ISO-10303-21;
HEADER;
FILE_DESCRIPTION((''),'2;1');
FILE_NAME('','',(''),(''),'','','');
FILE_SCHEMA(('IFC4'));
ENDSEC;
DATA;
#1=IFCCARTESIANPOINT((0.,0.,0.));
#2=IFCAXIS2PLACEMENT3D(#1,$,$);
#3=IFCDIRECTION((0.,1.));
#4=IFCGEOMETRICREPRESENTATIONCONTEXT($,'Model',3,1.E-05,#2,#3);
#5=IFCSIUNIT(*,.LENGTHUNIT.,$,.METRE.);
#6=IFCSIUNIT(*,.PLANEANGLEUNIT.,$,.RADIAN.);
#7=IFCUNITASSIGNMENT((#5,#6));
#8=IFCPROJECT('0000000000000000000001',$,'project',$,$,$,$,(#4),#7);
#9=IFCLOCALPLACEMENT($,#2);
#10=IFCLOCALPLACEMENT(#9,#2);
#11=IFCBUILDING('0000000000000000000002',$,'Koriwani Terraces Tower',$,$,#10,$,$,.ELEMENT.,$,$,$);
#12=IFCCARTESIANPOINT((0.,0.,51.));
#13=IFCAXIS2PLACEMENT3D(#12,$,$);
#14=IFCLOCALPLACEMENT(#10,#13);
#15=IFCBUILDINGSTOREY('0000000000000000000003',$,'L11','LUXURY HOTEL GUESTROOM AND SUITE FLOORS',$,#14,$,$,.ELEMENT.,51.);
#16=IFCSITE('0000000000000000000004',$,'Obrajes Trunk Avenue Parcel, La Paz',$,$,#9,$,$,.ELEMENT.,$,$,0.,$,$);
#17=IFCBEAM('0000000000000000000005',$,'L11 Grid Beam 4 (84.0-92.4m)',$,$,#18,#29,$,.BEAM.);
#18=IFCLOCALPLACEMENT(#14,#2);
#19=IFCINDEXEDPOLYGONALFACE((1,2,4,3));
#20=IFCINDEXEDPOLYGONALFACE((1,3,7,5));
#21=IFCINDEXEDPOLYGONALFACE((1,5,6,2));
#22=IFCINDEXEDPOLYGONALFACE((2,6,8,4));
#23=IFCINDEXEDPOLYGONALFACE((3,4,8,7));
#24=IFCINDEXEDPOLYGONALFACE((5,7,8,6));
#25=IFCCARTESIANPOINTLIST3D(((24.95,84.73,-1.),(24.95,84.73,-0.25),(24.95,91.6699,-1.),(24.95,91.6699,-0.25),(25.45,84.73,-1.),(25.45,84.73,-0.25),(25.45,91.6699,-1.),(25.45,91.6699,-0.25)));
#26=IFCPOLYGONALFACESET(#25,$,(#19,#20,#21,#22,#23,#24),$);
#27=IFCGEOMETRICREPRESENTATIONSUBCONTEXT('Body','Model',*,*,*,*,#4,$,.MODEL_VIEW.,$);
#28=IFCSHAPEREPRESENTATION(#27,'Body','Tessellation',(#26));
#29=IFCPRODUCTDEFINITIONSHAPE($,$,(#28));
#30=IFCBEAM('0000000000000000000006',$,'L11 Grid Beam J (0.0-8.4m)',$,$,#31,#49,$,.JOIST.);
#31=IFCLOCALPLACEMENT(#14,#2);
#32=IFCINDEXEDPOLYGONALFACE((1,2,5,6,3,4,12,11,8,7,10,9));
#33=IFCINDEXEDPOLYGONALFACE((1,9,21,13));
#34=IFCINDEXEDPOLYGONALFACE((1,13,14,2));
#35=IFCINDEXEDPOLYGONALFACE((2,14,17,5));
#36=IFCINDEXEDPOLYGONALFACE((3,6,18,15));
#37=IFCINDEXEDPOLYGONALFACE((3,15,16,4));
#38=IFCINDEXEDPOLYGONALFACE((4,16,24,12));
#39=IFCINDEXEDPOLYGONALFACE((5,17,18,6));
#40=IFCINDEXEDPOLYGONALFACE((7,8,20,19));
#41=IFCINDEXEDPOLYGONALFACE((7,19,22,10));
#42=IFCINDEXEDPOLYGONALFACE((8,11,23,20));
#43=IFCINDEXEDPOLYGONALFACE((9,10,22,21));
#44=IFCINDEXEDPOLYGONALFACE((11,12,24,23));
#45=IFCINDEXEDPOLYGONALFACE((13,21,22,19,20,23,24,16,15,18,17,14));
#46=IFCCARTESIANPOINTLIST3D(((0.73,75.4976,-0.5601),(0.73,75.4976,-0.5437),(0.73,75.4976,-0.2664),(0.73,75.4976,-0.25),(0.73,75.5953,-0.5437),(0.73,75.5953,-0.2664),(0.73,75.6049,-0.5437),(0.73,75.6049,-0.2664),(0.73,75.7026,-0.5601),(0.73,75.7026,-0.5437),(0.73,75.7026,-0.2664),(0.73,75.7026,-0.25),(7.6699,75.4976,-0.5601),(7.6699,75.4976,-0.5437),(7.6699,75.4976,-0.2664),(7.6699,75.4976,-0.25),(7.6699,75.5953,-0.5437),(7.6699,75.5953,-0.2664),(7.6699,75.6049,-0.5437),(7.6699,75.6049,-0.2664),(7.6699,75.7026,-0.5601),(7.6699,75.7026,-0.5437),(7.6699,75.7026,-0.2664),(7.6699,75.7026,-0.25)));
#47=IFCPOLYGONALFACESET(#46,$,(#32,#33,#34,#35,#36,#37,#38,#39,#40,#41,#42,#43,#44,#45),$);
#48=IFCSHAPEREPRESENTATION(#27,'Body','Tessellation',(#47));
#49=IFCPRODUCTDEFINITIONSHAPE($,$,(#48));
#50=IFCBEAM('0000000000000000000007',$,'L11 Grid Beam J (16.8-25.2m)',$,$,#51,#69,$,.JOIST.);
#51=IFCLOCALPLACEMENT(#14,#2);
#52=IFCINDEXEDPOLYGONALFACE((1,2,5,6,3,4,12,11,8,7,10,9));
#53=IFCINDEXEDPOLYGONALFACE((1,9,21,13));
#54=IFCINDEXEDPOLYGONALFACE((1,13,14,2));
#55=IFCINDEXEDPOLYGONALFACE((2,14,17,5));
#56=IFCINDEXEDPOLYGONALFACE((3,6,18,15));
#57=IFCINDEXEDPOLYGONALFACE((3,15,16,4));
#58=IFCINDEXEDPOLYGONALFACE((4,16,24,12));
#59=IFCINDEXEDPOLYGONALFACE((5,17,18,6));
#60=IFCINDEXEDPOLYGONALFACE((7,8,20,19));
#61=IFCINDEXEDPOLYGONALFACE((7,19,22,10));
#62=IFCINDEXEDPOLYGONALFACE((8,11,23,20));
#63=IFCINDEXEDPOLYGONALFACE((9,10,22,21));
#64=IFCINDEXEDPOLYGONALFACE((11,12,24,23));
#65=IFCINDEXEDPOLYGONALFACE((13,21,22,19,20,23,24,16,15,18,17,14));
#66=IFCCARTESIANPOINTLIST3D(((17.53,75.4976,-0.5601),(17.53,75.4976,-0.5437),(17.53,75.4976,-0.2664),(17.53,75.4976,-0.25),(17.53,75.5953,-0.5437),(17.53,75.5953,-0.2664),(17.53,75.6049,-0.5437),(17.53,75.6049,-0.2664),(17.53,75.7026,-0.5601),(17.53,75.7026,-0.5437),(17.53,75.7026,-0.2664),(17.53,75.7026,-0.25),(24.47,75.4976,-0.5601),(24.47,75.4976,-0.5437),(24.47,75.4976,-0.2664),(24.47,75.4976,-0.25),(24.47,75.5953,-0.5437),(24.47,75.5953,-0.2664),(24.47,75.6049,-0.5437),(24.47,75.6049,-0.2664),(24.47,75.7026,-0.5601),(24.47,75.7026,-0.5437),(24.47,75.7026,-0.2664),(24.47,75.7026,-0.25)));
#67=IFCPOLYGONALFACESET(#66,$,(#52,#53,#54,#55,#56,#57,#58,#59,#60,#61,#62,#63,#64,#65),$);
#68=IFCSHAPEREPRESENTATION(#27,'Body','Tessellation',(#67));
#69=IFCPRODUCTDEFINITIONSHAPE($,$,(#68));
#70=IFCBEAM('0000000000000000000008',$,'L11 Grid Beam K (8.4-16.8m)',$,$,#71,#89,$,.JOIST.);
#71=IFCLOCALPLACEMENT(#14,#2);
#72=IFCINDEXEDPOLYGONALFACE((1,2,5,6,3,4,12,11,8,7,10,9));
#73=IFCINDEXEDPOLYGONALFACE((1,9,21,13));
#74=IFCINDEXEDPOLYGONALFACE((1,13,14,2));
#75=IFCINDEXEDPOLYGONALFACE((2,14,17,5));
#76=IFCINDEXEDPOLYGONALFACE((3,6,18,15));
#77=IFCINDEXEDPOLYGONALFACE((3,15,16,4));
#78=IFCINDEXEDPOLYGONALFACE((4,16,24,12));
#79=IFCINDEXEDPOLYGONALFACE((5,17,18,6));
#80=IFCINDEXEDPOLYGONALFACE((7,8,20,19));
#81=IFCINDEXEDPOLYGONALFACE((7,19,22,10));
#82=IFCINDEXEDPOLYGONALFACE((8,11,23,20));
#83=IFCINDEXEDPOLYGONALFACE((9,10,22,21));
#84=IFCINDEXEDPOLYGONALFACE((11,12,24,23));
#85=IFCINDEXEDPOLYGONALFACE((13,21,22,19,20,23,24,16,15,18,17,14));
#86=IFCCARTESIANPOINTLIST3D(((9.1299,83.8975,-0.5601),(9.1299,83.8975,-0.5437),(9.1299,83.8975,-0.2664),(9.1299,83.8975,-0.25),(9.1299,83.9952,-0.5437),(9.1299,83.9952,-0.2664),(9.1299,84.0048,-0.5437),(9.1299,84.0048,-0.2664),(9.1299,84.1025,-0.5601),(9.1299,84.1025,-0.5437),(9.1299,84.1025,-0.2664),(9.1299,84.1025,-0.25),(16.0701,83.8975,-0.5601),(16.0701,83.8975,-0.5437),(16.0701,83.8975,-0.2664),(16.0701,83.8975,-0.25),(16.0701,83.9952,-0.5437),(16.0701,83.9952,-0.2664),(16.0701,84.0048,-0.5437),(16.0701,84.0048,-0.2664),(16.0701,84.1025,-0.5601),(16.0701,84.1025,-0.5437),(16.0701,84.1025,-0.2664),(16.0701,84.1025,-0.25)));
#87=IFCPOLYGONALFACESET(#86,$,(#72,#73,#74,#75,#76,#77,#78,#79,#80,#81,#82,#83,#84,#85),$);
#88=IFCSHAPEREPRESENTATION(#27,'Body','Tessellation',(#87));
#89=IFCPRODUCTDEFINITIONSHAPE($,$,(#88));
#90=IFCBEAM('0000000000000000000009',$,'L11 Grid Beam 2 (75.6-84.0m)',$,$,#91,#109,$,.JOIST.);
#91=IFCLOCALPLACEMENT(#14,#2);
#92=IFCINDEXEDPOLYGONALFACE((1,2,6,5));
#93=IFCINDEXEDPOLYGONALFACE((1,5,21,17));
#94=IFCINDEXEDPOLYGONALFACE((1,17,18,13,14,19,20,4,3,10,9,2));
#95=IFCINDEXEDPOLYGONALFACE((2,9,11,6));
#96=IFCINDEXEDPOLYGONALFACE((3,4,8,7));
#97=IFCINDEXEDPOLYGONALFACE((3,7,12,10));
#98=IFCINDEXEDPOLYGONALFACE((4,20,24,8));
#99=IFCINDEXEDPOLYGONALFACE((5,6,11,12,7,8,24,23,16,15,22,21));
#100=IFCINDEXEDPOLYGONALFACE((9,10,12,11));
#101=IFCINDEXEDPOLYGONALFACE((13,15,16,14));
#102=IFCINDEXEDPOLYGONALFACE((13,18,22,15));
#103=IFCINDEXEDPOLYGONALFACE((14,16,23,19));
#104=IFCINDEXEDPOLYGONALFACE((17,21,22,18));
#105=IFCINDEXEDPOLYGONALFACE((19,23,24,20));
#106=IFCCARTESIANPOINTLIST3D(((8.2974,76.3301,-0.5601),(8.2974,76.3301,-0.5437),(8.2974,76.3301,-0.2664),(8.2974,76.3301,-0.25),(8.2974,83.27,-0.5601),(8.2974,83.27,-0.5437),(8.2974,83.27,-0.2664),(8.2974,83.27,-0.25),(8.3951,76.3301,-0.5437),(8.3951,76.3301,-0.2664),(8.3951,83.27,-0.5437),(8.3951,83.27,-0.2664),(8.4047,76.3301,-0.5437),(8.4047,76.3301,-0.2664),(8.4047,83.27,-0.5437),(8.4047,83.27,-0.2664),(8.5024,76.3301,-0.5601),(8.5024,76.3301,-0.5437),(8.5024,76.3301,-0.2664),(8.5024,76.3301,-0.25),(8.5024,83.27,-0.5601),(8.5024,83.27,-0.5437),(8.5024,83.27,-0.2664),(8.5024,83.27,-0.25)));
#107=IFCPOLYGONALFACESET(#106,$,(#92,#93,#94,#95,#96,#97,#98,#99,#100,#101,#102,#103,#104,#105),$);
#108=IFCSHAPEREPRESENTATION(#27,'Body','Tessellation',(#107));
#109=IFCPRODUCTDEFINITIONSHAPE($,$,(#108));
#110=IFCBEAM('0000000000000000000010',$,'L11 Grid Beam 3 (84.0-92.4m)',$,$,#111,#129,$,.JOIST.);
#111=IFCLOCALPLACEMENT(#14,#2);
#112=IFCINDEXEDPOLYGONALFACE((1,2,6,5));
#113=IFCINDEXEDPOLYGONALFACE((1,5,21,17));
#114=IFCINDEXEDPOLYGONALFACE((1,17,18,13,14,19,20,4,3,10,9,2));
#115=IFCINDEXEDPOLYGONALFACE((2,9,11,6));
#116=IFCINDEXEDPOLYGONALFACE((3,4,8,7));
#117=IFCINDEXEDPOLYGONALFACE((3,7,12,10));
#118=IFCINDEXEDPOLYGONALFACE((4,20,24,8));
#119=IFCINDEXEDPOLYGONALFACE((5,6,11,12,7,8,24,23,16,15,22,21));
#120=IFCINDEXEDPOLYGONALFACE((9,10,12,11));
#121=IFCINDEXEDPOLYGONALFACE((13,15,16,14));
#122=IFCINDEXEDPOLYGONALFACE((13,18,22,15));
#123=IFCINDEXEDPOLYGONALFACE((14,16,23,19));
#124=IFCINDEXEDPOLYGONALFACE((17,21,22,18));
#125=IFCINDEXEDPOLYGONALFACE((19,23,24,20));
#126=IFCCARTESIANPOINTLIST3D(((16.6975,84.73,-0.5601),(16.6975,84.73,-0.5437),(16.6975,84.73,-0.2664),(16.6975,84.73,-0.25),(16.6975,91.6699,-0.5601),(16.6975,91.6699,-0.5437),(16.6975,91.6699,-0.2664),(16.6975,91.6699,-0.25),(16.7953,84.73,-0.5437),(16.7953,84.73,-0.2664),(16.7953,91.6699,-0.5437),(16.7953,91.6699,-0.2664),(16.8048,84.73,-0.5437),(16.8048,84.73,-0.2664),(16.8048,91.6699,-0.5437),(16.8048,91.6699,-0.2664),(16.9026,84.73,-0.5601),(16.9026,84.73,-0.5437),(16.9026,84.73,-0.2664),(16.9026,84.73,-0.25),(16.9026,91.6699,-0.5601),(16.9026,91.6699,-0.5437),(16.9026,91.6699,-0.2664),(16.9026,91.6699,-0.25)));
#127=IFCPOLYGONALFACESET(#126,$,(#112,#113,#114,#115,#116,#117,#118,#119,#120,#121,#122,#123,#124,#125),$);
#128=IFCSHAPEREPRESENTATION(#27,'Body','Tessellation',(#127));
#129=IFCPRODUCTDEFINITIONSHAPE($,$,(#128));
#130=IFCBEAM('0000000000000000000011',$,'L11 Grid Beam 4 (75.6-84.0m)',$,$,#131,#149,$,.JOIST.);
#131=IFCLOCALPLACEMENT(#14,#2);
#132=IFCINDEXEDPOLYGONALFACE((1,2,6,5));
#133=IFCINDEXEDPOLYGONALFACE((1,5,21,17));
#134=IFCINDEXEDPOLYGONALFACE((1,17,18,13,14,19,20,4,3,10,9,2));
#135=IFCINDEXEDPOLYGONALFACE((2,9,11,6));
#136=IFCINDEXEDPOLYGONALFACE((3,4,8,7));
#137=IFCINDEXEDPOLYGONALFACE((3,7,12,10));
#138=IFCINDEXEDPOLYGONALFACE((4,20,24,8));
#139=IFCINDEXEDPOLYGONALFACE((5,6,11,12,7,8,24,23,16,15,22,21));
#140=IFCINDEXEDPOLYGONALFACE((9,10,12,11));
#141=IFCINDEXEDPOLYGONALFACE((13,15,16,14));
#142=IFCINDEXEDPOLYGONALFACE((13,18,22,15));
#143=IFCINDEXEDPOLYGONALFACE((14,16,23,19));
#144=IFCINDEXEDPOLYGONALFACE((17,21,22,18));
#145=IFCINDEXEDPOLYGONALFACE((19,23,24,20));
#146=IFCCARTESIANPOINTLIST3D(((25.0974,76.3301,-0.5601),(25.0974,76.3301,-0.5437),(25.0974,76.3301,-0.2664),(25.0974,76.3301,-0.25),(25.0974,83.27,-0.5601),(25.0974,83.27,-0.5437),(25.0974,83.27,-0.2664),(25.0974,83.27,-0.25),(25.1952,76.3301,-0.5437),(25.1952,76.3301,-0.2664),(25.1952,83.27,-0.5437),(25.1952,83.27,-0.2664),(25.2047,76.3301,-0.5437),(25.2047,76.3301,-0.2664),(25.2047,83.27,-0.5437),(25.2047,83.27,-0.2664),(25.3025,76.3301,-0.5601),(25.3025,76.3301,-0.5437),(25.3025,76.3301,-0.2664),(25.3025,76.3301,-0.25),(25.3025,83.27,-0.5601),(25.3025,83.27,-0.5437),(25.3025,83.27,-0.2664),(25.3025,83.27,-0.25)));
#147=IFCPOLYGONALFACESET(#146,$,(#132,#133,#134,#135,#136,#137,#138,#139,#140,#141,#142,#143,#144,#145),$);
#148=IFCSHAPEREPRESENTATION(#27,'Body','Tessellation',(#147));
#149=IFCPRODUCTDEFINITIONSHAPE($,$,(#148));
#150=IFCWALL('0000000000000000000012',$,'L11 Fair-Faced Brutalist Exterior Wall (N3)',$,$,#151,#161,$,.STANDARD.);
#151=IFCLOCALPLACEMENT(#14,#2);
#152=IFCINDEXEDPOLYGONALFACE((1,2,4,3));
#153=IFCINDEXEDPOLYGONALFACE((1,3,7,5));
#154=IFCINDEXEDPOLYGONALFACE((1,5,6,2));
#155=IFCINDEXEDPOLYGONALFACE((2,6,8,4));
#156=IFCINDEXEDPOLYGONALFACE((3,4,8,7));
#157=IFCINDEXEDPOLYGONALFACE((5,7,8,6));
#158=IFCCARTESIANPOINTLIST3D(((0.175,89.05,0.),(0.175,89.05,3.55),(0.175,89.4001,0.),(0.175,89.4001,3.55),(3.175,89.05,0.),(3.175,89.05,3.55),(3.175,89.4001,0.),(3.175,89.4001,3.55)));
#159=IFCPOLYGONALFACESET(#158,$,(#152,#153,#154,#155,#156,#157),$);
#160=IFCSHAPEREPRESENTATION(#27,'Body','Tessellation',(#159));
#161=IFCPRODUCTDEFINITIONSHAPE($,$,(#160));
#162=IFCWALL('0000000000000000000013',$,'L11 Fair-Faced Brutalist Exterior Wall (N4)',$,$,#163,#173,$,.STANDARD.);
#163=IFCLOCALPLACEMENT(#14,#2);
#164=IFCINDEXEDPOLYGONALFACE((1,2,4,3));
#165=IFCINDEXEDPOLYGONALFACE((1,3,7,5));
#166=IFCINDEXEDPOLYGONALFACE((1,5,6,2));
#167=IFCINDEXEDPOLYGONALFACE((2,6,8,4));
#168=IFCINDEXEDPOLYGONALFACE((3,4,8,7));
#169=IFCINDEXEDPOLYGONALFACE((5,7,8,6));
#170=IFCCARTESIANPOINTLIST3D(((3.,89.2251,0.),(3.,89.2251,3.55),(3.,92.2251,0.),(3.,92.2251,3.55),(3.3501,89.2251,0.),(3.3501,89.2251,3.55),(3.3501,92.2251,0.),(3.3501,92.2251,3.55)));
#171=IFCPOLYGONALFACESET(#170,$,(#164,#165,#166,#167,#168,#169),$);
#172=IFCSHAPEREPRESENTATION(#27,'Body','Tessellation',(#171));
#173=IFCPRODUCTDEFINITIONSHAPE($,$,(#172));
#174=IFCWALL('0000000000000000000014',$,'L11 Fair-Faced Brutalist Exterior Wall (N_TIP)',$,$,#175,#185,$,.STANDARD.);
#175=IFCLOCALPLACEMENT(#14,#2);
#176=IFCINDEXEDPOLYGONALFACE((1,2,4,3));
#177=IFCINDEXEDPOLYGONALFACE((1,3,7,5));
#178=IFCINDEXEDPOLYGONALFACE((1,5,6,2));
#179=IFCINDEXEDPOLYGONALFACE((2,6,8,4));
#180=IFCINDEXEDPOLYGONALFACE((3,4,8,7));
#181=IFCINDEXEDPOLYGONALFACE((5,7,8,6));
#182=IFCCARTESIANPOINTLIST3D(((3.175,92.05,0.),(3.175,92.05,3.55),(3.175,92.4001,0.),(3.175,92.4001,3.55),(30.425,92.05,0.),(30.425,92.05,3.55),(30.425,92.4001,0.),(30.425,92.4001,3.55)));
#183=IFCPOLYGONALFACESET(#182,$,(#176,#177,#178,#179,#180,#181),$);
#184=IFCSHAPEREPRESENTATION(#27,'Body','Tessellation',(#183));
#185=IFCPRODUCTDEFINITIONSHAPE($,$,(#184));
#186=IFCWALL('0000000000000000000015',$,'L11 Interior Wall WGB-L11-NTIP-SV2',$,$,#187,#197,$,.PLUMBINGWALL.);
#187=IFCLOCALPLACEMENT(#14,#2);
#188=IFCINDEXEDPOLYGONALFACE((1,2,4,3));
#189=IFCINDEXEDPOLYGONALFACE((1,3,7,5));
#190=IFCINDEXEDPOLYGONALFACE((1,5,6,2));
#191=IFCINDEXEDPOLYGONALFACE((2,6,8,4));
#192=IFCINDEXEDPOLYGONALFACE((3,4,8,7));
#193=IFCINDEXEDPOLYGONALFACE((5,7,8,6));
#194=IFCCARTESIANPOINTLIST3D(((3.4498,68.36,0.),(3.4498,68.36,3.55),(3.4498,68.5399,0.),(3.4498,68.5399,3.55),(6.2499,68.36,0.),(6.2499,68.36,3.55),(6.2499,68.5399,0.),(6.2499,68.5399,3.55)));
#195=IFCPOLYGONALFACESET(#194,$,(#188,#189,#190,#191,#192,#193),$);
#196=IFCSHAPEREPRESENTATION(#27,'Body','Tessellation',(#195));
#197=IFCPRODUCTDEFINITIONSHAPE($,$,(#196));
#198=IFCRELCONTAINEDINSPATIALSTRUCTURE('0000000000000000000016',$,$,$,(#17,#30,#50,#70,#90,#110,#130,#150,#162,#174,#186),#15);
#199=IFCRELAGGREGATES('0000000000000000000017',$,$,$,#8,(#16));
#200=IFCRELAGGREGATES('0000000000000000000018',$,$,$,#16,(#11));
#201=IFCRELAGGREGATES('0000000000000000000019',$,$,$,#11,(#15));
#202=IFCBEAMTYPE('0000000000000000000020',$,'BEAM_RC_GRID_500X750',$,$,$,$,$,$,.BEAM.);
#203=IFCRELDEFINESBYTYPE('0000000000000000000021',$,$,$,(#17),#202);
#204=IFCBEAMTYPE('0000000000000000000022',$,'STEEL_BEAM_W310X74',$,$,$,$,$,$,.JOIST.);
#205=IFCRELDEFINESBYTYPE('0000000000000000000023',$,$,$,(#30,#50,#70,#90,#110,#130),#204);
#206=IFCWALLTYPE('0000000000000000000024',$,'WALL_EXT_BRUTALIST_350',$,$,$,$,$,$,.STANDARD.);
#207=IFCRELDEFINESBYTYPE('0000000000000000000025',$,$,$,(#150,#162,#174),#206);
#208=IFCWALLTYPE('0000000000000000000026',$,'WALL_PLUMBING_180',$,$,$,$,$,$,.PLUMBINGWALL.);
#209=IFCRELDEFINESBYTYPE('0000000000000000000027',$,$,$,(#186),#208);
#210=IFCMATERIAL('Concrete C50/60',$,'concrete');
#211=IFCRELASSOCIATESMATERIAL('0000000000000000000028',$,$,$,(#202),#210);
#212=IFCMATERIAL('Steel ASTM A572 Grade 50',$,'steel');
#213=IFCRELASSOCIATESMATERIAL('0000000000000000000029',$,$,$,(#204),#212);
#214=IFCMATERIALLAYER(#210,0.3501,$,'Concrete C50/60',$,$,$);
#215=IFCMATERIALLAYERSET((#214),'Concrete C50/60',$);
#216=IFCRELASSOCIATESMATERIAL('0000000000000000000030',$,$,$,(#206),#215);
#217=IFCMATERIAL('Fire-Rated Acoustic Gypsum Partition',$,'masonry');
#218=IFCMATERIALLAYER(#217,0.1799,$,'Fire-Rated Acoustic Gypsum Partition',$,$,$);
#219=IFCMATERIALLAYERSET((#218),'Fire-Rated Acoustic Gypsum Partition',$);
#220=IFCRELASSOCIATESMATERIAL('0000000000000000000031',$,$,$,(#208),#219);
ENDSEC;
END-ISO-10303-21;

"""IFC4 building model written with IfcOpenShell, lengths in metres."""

from ifc_helpers import new_model, si_unit, direction, frame, frame_2d, origin, origin_2d, place, context, subcontext, project, spatial, rectangle, i_section, extrude, material, layer, layer_set, material_profile, profile_set, type_object, element, save


model = new_model("IFC4")

# Units and contexts
model_context = context("Model", 3, precision=1e-05, world=origin(), true_north=direction((0.0, 1.0)))
body_context = subcontext(model_context, "Body", "Model", "MODEL_VIEW")
ifc_project = project(units=[si_unit("LENGTHUNIT", "METRE"), si_unit("PLANEANGLEUNIT", "RADIAN")], contexts=[model_context])

# Site, building, storey
site_placement = place(None, origin())
site = spatial("IfcSite", under=ifc_project, at=site_placement, Name="Obrajes Trunk Avenue Parcel, La Paz", CompositionType="ELEMENT", RefElevation=0.0)
building_placement = place(site_placement, origin())
building = spatial("IfcBuilding", under=site, at=building_placement, Name="Koriwani Terraces Tower", CompositionType="ELEMENT")
storey_placement = place(building_placement, frame((0.0, 0.0, 51.0)))
storey = spatial("IfcBuildingStorey", under=building, at=storey_placement, Name="L11", Description="LUXURY HOTEL GUESTROOM AND SUITE FLOORS", CompositionType="ELEMENT", Elevation=51.0)

# Beams
ifc_material_1 = material(Name="Concrete C50/60", Category="concrete")
ifc_material_profile_1 = material_profile(ifc_material_1, rectangle(XDim=0.5, YDim=0.75, at=origin_2d()), Name="Concrete C50/60", Category="LoadBearing")
ifc_profile_set_1 = profile_set([ifc_material_profile_1], Name="Concrete C50/60")
beam_type_1 = type_object("IfcBeamType", Name="BEAM_RC_GRID_500X750", PredefinedType="BEAM", material=ifc_profile_set_1)
for number, where, z_axis, x_axis, name in (
    (1, (25.2, 84.73, -0.625), (0.0, 1.0, 0.0), (-1.0, 0.0, 0.0), "L11 Grid Beam 4 (84.0-92.4m)"),
):
    element("IfcBeam", number, at=place(storey_placement, frame(where, z_axis=z_axis, x_axis=x_axis)), inside=storey, type_object=beam_type_1, Name=name, PredefinedType="BEAM", context=body_context, shape_type="SweptSolid", body=[
        extrude(rectangle(XDim=0.5, YDim=0.75, at=origin_2d()), origin(), (0.0, 0.0, 1.0), 6.9399),
    ])
ifc_material_2 = material(Name="Steel ASTM A572 Grade 50", Category="steel")
ifc_material_profile_2 = material_profile(ifc_material_2, i_section(OverallWidth=0.2051, OverallDepth=0.3101, WebThickness=0.0095, FlangeThickness=0.0164, at=origin_2d()), Name="Steel ASTM A572 Grade 50", Category="LoadBearing")
ifc_profile_set_2 = profile_set([ifc_material_profile_2], Name="Steel ASTM A572 Grade 50")
beam_type_2 = type_object("IfcBeamType", Name="STEEL_BEAM_W310X74", PredefinedType="JOIST", material=ifc_profile_set_2)
for number, where, z_axis, x_axis, name in (
    (2, (0.73, 75.6001, -0.405), (1.0, 0.0, 0.0), (0.0, 1.0, 0.0), "L11 Grid Beam J (0.0-8.4m)"),
    (3, (17.53, 75.6001, -0.405), (1.0, 0.0, 0.0), (0.0, 1.0, 0.0), "L11 Grid Beam J (16.8-25.2m)"),
):
    element("IfcBeam", number, at=place(storey_placement, frame(where, z_axis=z_axis, x_axis=x_axis)), inside=storey, type_object=beam_type_2, Name=name, PredefinedType="JOIST", context=body_context, shape_type="SweptSolid", body=[
        extrude(i_section(OverallWidth=0.2051, OverallDepth=0.3101, WebThickness=0.0095, FlangeThickness=0.0164, at=origin_2d()), origin(), (0.0, 0.0, 1.0), 6.9399),
    ])
beam_1_placement = place(storey_placement, frame((9.1299, 84.0, -0.405), z_axis=(1.0, 0.0, 0.0), x_axis=(0.0, 1.0, 0.0)))
element("IfcBeam", 4, at=beam_1_placement, inside=storey, type_object=beam_type_2, Name="L11 Grid Beam K (8.4-16.8m)", PredefinedType="JOIST", context=body_context, shape_type="SweptSolid", body=[
    extrude(i_section(OverallWidth=0.2051, OverallDepth=0.3101, WebThickness=0.0095, FlangeThickness=0.0164, at=origin_2d()), origin(), (0.0, 0.0, 1.0), 6.9402),
])
for number, where, z_axis, x_axis, name in (
    (5, (8.3999, 76.3301, -0.405), (0.0, 1.0, 0.0), (-1.0, 0.0, 0.0), "L11 Grid Beam 2 (75.6-84.0m)"),
    (6, (16.8, 84.73, -0.405), (0.0, 1.0, 0.0), (-1.0, 0.0, 0.0), "L11 Grid Beam 3 (84.0-92.4m)"),
    (7, (25.2, 76.3301, -0.405), (0.0, 1.0, 0.0), (-1.0, 0.0, 0.0), "L11 Grid Beam 4 (75.6-84.0m)"),
):
    element("IfcBeam", number, at=place(storey_placement, frame(where, z_axis=z_axis, x_axis=x_axis)), inside=storey, type_object=beam_type_2, Name=name, PredefinedType="JOIST", context=body_context, shape_type="SweptSolid", body=[
        extrude(i_section(OverallWidth=0.2051, OverallDepth=0.3101, WebThickness=0.0095, FlangeThickness=0.0164, at=origin_2d()), origin(), (0.0, 0.0, 1.0), 6.9399),
    ])

# Walls
ifc_layer_1 = layer(ifc_material_1, 0.3501, Name="Concrete C50/60")
ifc_layer_set_1 = layer_set([ifc_layer_1], Name="Concrete C50/60")
wall_type_1 = type_object("IfcWallType", Name="WALL_EXT_BRUTALIST_350", PredefinedType="STANDARD", material=ifc_layer_set_1)
for number, where, z_axis, x_axis, name in (
    (8, (0.175, 89.2251, 0.0), (0.0, 0.0, 1.0), (1.0, 0.0, 0.0), "L11 Fair-Faced Brutalist Exterior Wall (N3)"),
    (9, (3.175, 89.2251, 0.0), (0.0, 0.0, 1.0), (0.0, 1.0, 0.0), "L11 Fair-Faced Brutalist Exterior Wall (N4)"),
):
    element("IfcWall", number, at=place(storey_placement, frame(where, z_axis=z_axis, x_axis=x_axis)), inside=storey, type_object=wall_type_1, Name=name, PredefinedType="STANDARD", context=body_context, shape_type="SweptSolid", body=[
        extrude(rectangle(XDim=3.0, YDim=0.3501, at=frame_2d((1.5, 0.0))), origin(), (0.0, 0.0, 1.0), 3.55),
    ])
wall_1_placement = place(storey_placement, frame((3.175, 92.2251, 0.0), z_axis=(0.0, 0.0, 1.0), x_axis=(1.0, 0.0, 0.0)))
element("IfcWall", 10, at=wall_1_placement, inside=storey, type_object=wall_type_1, Name="L11 Fair-Faced Brutalist Exterior Wall (N_TIP)", PredefinedType="STANDARD", context=body_context, shape_type="SweptSolid", body=[
    extrude(rectangle(XDim=27.25, YDim=0.3501, at=frame_2d((13.625, 0.0))), origin(), (0.0, 0.0, 1.0), 3.55),
])
ifc_material_3 = material(Name="Fire-Rated Acoustic Gypsum Partition", Category="masonry")
ifc_layer_2 = layer(ifc_material_3, 0.1799, Name="Fire-Rated Acoustic Gypsum Partition")
ifc_layer_set_2 = layer_set([ifc_layer_2], Name="Fire-Rated Acoustic Gypsum Partition")
wall_type_2 = type_object("IfcWallType", Name="WALL_PLUMBING_180", PredefinedType="PLUMBINGWALL", material=ifc_layer_set_2)
wall_2_placement = place(storey_placement, frame((3.45, 68.45, 0.0), z_axis=(0.0, 0.0, 1.0), x_axis=(1.0, 0.0, 0.0)))
element("IfcWall", 11, at=wall_2_placement, inside=storey, type_object=wall_type_2, Name="L11 Interior Wall WGB-L11-NTIP-SV2", PredefinedType="PLUMBINGWALL", context=body_context, shape_type="SweptSolid", body=[
    extrude(rectangle(XDim=2.8, YDim=0.1799, at=frame_2d((1.3999, 0.0))), origin(), (0.0, 0.0, 1.0), 3.55),
])

save(model, "model.ifc")
